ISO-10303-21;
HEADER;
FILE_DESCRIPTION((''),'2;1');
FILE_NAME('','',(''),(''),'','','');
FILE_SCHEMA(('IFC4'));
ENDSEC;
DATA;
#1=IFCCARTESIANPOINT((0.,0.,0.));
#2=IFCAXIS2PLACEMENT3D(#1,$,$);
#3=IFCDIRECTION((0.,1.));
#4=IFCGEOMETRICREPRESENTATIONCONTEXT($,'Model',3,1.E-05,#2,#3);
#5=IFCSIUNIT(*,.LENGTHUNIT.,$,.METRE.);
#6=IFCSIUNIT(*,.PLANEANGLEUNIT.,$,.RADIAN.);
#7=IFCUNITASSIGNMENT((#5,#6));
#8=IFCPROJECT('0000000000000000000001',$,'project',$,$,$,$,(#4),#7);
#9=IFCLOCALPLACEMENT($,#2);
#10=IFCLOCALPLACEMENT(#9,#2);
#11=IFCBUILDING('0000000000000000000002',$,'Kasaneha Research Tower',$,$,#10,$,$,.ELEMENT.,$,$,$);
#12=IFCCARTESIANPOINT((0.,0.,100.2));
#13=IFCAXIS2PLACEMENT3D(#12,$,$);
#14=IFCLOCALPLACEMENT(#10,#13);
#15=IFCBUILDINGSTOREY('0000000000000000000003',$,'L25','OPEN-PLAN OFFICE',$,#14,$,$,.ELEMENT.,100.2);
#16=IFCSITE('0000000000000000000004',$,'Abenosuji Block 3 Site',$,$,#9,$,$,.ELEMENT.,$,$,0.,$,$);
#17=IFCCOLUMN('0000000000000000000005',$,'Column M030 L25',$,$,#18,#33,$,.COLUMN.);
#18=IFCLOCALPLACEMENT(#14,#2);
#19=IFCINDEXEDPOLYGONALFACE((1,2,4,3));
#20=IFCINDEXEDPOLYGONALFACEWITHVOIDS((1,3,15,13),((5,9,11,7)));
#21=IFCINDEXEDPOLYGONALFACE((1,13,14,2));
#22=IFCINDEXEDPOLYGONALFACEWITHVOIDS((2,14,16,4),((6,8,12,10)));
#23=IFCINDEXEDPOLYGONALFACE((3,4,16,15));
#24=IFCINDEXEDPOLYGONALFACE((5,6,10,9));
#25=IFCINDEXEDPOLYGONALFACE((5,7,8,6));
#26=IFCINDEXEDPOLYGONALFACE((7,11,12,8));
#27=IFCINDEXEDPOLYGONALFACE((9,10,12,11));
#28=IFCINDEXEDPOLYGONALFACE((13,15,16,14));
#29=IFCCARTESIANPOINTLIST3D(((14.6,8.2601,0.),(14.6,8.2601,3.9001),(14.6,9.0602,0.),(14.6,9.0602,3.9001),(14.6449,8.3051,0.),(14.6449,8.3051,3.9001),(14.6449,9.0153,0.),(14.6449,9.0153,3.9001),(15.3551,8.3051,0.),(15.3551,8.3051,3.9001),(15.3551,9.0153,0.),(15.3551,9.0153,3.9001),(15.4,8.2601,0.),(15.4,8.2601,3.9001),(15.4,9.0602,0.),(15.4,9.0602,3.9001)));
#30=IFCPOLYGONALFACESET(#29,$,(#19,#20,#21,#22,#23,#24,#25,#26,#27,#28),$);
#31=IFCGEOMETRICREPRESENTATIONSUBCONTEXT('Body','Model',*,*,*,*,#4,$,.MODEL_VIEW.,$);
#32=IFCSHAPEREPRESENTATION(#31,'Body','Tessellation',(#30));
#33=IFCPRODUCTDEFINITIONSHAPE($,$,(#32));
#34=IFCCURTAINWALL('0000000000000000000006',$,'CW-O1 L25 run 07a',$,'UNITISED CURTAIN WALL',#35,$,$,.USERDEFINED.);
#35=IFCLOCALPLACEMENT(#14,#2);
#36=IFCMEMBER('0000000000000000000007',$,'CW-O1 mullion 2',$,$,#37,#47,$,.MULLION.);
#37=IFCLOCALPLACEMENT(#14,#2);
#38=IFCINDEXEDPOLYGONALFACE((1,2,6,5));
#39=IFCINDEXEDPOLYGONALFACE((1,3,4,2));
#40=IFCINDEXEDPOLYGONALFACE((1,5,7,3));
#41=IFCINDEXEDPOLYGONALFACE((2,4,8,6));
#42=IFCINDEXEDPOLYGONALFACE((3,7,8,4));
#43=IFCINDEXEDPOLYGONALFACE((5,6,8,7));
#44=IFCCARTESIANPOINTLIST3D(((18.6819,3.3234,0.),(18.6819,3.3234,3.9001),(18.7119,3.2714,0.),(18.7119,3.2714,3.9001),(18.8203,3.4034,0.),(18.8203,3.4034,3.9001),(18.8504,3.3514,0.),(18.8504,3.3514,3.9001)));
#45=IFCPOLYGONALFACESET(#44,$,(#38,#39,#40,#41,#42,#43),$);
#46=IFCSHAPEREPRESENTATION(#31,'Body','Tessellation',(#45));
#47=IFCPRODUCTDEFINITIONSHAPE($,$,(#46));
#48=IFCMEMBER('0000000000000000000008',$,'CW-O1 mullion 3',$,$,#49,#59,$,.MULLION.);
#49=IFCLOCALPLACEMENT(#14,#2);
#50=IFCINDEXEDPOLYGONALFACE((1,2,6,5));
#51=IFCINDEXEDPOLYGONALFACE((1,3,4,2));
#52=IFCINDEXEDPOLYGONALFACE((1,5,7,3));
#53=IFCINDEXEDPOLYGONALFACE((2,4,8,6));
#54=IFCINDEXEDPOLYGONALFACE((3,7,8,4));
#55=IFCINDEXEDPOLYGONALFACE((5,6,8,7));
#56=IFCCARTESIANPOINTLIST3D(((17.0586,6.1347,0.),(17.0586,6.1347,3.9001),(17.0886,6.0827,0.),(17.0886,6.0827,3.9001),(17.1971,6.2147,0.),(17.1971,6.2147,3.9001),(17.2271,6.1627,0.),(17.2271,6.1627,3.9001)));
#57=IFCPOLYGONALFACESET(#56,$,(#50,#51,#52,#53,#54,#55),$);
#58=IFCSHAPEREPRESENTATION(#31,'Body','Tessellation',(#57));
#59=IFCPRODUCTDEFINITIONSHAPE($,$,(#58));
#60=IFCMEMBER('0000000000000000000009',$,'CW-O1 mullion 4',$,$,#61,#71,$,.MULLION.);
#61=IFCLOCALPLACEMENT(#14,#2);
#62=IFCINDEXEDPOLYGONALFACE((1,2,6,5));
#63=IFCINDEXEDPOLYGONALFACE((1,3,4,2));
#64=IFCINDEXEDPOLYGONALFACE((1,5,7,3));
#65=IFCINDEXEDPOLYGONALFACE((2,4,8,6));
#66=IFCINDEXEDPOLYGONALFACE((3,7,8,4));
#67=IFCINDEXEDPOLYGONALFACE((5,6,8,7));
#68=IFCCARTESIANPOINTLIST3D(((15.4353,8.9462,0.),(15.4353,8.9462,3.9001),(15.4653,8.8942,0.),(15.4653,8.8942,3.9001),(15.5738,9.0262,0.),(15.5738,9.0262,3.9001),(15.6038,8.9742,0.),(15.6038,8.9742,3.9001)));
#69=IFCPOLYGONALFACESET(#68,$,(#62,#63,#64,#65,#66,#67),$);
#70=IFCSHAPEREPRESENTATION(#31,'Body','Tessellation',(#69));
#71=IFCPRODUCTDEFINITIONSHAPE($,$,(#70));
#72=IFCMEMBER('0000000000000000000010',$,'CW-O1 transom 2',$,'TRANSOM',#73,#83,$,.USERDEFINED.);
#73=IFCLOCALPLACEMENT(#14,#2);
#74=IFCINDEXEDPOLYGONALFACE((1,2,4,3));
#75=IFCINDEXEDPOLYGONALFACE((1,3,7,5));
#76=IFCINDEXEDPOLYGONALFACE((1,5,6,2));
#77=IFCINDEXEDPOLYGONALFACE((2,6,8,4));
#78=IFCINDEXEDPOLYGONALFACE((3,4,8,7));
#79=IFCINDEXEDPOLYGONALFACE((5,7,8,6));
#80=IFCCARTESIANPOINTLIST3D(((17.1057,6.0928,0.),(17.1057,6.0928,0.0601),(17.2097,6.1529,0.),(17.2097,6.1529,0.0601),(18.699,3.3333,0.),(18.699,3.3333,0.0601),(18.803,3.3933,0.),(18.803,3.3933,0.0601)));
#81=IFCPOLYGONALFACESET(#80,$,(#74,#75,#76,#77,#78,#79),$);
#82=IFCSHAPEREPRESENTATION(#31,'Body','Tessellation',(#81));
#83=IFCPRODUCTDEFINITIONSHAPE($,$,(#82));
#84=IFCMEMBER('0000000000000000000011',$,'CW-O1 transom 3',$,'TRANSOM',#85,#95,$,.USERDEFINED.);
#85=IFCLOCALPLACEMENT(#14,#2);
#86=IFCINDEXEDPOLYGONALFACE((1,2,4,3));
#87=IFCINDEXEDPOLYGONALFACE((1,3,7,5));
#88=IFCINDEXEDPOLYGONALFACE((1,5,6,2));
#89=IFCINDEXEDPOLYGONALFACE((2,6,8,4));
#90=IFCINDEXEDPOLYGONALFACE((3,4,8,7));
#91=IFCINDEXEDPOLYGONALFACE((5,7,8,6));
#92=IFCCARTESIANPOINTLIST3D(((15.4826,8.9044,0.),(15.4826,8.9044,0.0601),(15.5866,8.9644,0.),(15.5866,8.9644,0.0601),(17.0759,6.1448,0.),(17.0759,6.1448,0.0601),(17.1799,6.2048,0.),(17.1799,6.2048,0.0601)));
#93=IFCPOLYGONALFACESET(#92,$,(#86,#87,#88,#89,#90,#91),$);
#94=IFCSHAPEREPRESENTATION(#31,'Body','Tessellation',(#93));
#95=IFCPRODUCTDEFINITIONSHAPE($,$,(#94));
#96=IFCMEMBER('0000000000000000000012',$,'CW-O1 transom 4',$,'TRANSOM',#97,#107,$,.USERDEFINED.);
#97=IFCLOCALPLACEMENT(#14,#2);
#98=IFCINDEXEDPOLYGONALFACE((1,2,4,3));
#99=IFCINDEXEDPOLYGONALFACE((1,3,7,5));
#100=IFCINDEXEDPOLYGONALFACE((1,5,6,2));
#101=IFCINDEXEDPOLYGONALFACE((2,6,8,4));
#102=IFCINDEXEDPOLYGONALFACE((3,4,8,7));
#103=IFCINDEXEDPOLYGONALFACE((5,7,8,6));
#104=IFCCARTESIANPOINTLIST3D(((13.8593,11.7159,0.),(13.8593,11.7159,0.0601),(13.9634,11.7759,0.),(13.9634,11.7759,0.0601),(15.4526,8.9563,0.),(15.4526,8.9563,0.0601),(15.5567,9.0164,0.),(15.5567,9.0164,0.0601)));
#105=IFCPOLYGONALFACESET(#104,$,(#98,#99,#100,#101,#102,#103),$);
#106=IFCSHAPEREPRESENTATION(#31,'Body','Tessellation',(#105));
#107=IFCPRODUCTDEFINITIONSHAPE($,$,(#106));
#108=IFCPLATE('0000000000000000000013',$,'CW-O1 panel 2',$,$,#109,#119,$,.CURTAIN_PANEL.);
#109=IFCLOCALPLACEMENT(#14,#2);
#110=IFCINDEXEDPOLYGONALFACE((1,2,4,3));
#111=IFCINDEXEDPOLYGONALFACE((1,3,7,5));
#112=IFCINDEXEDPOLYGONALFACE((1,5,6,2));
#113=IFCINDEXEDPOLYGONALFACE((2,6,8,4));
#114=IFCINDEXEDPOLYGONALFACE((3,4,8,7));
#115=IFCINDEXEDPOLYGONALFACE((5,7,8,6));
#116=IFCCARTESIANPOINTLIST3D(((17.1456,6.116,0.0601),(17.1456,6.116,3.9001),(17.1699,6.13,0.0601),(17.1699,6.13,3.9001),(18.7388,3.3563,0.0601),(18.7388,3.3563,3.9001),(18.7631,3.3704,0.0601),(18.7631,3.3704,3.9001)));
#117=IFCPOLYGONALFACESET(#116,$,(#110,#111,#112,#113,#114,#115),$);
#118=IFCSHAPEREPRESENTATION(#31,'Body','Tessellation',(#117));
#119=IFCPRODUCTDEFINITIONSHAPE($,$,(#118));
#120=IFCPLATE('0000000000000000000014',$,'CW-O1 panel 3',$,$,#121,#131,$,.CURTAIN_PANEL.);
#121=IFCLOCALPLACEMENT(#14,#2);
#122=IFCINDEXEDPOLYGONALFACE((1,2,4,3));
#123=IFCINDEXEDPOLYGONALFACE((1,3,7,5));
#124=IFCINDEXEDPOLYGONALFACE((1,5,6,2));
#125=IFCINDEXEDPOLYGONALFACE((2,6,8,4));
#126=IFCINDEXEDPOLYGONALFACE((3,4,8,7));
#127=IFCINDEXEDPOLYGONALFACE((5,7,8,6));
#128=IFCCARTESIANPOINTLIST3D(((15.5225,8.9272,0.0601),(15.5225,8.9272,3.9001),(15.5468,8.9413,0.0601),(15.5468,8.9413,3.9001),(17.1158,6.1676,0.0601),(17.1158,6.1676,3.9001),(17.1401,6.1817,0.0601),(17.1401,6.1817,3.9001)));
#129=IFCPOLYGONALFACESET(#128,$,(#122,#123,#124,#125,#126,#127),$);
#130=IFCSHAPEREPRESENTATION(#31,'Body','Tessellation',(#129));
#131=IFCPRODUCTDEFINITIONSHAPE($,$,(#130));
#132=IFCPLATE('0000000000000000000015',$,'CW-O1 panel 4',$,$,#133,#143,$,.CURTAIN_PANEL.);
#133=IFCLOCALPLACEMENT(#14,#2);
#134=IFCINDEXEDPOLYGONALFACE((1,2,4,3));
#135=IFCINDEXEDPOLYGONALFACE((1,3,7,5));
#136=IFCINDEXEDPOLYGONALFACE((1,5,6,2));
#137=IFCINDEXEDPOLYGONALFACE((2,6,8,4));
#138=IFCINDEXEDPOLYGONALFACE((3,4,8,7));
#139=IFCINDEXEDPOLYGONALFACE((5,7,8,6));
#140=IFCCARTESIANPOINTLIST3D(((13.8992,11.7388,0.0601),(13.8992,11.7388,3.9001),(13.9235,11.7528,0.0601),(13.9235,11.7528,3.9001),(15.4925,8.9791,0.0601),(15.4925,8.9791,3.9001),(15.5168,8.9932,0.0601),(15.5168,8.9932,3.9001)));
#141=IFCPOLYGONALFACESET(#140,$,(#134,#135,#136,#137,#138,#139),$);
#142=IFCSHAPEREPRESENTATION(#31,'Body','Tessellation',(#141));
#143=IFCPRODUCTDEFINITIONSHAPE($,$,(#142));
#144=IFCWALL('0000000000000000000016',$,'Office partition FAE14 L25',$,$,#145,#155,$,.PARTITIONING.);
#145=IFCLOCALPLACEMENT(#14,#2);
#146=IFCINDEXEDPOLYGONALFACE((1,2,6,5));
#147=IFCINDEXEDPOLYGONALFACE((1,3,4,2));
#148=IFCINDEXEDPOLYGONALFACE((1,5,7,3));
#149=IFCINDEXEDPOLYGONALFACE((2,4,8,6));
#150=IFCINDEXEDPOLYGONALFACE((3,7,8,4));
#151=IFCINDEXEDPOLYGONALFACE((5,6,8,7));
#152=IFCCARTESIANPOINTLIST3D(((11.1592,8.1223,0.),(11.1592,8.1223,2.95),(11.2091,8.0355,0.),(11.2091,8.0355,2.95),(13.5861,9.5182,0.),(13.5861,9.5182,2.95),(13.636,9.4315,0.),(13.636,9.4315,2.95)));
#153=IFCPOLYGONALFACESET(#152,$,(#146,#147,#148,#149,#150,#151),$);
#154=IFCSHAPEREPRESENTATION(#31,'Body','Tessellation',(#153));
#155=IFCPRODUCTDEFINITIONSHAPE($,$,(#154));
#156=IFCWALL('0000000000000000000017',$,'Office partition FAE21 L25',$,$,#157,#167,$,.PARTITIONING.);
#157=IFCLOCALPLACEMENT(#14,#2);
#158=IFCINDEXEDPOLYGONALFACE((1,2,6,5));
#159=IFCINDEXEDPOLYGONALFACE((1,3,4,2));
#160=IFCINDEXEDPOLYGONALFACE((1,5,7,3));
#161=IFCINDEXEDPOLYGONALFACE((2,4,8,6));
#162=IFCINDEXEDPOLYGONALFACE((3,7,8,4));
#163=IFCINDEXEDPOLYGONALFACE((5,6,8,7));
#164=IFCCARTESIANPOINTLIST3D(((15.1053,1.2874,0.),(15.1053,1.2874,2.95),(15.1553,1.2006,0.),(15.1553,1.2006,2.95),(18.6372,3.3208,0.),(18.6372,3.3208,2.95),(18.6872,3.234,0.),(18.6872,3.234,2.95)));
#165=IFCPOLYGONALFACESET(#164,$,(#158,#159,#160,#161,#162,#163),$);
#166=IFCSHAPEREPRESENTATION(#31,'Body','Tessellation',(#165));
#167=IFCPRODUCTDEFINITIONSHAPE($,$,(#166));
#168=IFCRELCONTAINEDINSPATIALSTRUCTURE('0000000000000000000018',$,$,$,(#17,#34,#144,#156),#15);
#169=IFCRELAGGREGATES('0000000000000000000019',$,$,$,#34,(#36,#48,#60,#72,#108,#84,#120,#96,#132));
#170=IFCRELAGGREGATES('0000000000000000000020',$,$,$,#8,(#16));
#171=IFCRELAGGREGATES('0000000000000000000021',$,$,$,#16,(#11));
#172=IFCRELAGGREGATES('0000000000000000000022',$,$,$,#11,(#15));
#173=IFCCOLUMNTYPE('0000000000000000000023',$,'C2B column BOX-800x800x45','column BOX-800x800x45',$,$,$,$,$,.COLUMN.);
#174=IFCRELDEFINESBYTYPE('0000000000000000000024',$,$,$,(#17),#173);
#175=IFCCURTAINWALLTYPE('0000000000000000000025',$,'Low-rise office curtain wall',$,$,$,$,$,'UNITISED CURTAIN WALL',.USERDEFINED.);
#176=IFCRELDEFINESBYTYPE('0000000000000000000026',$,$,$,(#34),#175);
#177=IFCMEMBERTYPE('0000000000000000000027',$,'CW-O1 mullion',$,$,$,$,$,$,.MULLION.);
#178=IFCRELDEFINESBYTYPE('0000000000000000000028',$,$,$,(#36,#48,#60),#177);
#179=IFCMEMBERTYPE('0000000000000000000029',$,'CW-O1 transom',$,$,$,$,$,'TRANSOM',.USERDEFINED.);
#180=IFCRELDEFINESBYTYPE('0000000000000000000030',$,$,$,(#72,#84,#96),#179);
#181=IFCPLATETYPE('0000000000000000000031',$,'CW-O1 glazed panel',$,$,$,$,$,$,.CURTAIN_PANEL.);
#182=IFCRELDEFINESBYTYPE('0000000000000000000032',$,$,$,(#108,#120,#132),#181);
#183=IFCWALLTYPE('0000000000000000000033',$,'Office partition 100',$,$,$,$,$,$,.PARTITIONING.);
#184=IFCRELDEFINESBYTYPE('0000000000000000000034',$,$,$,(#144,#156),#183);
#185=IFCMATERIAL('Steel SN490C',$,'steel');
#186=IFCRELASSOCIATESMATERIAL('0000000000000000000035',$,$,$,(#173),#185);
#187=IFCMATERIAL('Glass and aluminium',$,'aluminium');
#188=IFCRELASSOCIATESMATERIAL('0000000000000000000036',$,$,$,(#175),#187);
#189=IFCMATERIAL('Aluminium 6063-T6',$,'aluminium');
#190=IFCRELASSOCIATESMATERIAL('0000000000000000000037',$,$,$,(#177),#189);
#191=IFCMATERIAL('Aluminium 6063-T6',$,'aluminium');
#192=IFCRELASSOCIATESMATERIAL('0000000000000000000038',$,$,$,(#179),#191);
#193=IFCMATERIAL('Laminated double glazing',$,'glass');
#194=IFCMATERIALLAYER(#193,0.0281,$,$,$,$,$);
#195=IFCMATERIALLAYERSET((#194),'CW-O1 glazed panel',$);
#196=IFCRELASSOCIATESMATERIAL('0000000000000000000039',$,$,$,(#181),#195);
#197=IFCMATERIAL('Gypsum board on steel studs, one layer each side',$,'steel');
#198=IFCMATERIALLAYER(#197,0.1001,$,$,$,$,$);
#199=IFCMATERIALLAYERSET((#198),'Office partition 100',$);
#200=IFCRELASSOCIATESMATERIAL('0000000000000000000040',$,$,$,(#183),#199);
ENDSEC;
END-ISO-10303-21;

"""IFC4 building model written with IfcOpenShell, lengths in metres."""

from ifc_helpers import new_model, si_unit, direction, frame, frame_2d, origin, origin_2d, place, context, subcontext, project, spatial, rectangle, hollow_rectangle, extrude, material, layer, layer_set, material_profile, profile_set, type_object, element, aggregate, save


model = new_model("IFC4")

# Units and contexts
model_context = context("Model", 3, precision=1e-05, world=origin(), true_north=direction((0.0, 1.0)))
body_context = subcontext(model_context, "Body", "Model", "MODEL_VIEW")
ifc_project = project(units=[si_unit("LENGTHUNIT", "METRE"), si_unit("PLANEANGLEUNIT", "RADIAN")], contexts=[model_context])

# Site, building, storey
site_placement = place(None, origin())
site = spatial("IfcSite", under=ifc_project, at=site_placement, Name="Abenosuji Block 3 Site", CompositionType="ELEMENT", RefElevation=0.0)
building_placement = place(site_placement, origin())
building = spatial("IfcBuilding", under=site, at=building_placement, Name="Kasaneha Research Tower", CompositionType="ELEMENT")
storey_placement = place(building_placement, frame((0.0, 0.0, 100.2)))
storey = spatial("IfcBuildingStorey", under=building, at=storey_placement, Name="L25", Description="OPEN-PLAN OFFICE", CompositionType="ELEMENT", Elevation=100.2)

# Column
ifc_material_1 = material(Name="Steel SN490C", Category="steel")
ifc_material_profile_1 = material_profile(ifc_material_1, hollow_rectangle(XDim=0.8, YDim=0.8, WallThickness=0.0449, at=origin_2d()), Name="BOX-800x800x45")
ifc_profile_set_1 = profile_set([ifc_material_profile_1], Name="Steel SN490C")
column_type = type_object("IfcColumnType", Name="C2B column BOX-800x800x45", Description="column BOX-800x800x45", PredefinedType="COLUMN", material=ifc_profile_set_1)
column_placement = place(storey_placement, frame((15.0, 8.6602, 0.0), z_axis=(0.0, 0.0, 1.0), x_axis=(1.0, 0.0, 0.0)))
element("IfcColumn", 1, at=column_placement, inside=storey, type_object=column_type, Name="Column M030 L25", PredefinedType="COLUMN", context=body_context, shape_type="SweptSolid", body=[
    extrude(hollow_rectangle(XDim=0.8, YDim=0.8, WallThickness=0.0449, at=origin_2d()), origin(), (0.0, 0.0, 1.0), 3.9001),
])

# Curtain wall, members, plates
ifc_material_2 = material(Name="Glass and aluminium", Category="aluminium")
curtain_wall_type = type_object("IfcCurtainWallType", Name="Low-rise office curtain wall", ElementType="UNITISED CURTAIN WALL", PredefinedType="USERDEFINED", material=ifc_material_2)
curtain_wall_placement = place(storey_placement, origin())
curtain_wall = element("IfcCurtainWall", 2, at=curtain_wall_placement, inside=storey, type_object=curtain_wall_type, Name="CW-O1 L25 run 07a", ObjectType="UNITISED CURTAIN WALL", PredefinedType="USERDEFINED")
ifc_material_3 = material(Name="Aluminium 6063-T6", Category="aluminium")
ifc_material_profile_2 = material_profile(ifc_material_3, rectangle(XDim=0.0601, YDim=0.1599, at=origin_2d()), Name="CW-O1 mullion 60x160")
ifc_profile_set_2 = profile_set([ifc_material_profile_2], Name="Aluminium 6063-T6")
member_type_1 = type_object("IfcMemberType", Name="CW-O1 mullion", PredefinedType="MULLION", material=ifc_profile_set_2)
member_1_placement = place(storey_placement, frame((18.7661, 3.3374, 0.0), z_axis=(0.0, 0.0, 1.0), x_axis=(-0.5, 0.866025, 0.0)))
member_1 = element("IfcMember", 3, at=member_1_placement, type_object=member_type_1, Name="CW-O1 mullion 2", PredefinedType="MULLION", context=body_context, shape_type="SweptSolid", body=[
    extrude(rectangle(XDim=0.0601, YDim=0.1599, at=origin_2d()), origin(), (0.0, 0.0, 1.0), 3.9001),
])
member_2_placement = place(storey_placement, frame((17.1428, 6.1487, 0.0), z_axis=(0.0, 0.0, 1.0), x_axis=(-0.5, 0.866025, 0.0)))
member_2 = element("IfcMember", 4, at=member_2_placement, type_object=member_type_1, Name="CW-O1 mullion 3", PredefinedType="MULLION", context=body_context, shape_type="SweptSolid", body=[
    extrude(rectangle(XDim=0.0601, YDim=0.1599, at=origin_2d()), origin(), (0.0, 0.0, 1.0), 3.9001),
])
member_3_placement = place(storey_placement, frame((15.5195, 8.9602, 0.0), z_axis=(0.0, 0.0, 1.0), x_axis=(-0.5, 0.866025, 0.0)))
member_3 = element("IfcMember", 5, at=member_3_placement, type_object=member_type_1, Name="CW-O1 mullion 4", PredefinedType="MULLION", context=body_context, shape_type="SweptSolid", body=[
    extrude(rectangle(XDim=0.0601, YDim=0.1599, at=origin_2d()), origin(), (0.0, 0.0, 1.0), 3.9001),
])
ifc_material_4 = material(Name="Aluminium 6063-T6", Category="aluminium")
ifc_material_profile_3 = material_profile(ifc_material_4, rectangle(XDim=0.1201, YDim=0.0601, at=origin_2d()), Name="CW-O1 transom 120x60")
ifc_profile_set_3 = profile_set([ifc_material_profile_3], Name="Aluminium 6063-T6")
member_type_2 = type_object("IfcMemberType", Name="CW-O1 transom", ElementType="TRANSOM", PredefinedType="USERDEFINED", material=ifc_profile_set_3)
member_4_placement = place(storey_placement, frame((18.751, 3.3633, 0.03), z_axis=(-0.500012, 0.866018, 0.0), x_axis=(-0.866018, -0.500012, 0.0)))
member_4 = element("IfcMember", 6, at=member_4_placement, type_object=member_type_2, Name="CW-O1 transom 2", ObjectType="TRANSOM", PredefinedType="USERDEFINED", context=body_context, shape_type="SweptSolid", body=[
    extrude(rectangle(XDim=0.1201, YDim=0.0601, at=origin_2d()), origin(), (0.0, 0.0, 1.0), 3.1865),
])
member_5_placement = place(storey_placement, frame((17.1279, 6.1748, 0.03), z_axis=(-0.500012, 0.866018, 0.0), x_axis=(-0.866018, -0.500012, 0.0)))
member_5 = element("IfcMember", 7, at=member_5_placement, type_object=member_type_2, Name="CW-O1 transom 3", ObjectType="TRANSOM", PredefinedType="USERDEFINED", context=body_context, shape_type="SweptSolid", body=[
    extrude(rectangle(XDim=0.1201, YDim=0.0601, at=origin_2d()), origin(), (0.0, 0.0, 1.0), 3.1865),
])
member_6_placement = place(storey_placement, frame((15.5046, 8.9863, 0.03), z_axis=(-0.500012, 0.866018, 0.0), x_axis=(-0.866018, -0.500012, 0.0)))
member_6 = element("IfcMember", 8, at=member_6_placement, type_object=member_type_2, Name="CW-O1 transom 4", ObjectType="TRANSOM", PredefinedType="USERDEFINED", context=body_context, shape_type="SweptSolid", body=[
    extrude(rectangle(XDim=0.1201, YDim=0.0601, at=origin_2d()), origin(), (0.0, 0.0, 1.0), 3.1865),
])
ifc_material_5 = material(Name="Laminated double glazing", Category="glass")
ifc_layer_1 = layer(ifc_material_5, 0.0281)
ifc_layer_set_1 = layer_set([ifc_layer_1], Name="CW-O1 glazed panel")
plate_type = type_object("IfcPlateType", Name="CW-O1 glazed panel", PredefinedType="CURTAIN_PANEL", material=ifc_layer_set_1)
plate_1_placement = place(storey_placement, frame((17.9543, 4.7432, 0.0601), z_axis=(0.0, 0.0, 1.0), x_axis=(-0.5, 0.866025, 0.0)))
plate_1 = element("IfcPlate", 9, at=plate_1_placement, type_object=plate_type, Name="CW-O1 panel 2", PredefinedType="CURTAIN_PANEL", context=body_context, shape_type="SweptSolid", body=[
    extrude(rectangle(XDim=3.1865, YDim=0.0281, at=origin_2d()), origin(), (0.0, 0.0, 1.0), 3.8401),
])
plate_2_placement = place(storey_placement, frame((16.3313, 7.5544, 0.0601), z_axis=(0.0, 0.0, 1.0), x_axis=(-0.5, 0.866025, 0.0)))
plate_2 = element("IfcPlate", 10, at=plate_2_placement, type_object=plate_type, Name="CW-O1 panel 3", PredefinedType="CURTAIN_PANEL", context=body_context, shape_type="SweptSolid", body=[
    extrude(rectangle(XDim=3.1865, YDim=0.0281, at=origin_2d()), origin(), (0.0, 0.0, 1.0), 3.8401),
])
plate_3_placement = place(storey_placement, frame((14.708, 10.366, 0.0601), z_axis=(0.0, 0.0, 1.0), x_axis=(-0.5, 0.866025, 0.0)))
plate_3 = element("IfcPlate", 11, at=plate_3_placement, type_object=plate_type, Name="CW-O1 panel 4", PredefinedType="CURTAIN_PANEL", context=body_context, shape_type="SweptSolid", body=[
    extrude(rectangle(XDim=3.1865, YDim=0.0281, at=origin_2d()), origin(), (0.0, 0.0, 1.0), 3.8401),
])
aggregate(curtain_wall, [member_1, member_2, member_3, member_4, plate_1, member_5, plate_2, member_6, plate_3])

# Walls
ifc_material_6 = material(Name="Gypsum board on steel studs, one layer each side", Category="steel")
ifc_layer_2 = layer(ifc_material_6, 0.1001)
ifc_layer_set_2 = layer_set([ifc_layer_2], Name="Office partition 100")
wall_type_1 = type_object("IfcWallType", Name="Office partition 100", PredefinedType="PARTITIONING", material=ifc_layer_set_2)
wall_1_placement = place(storey_placement, frame((13.6111, 9.4749, 0.0), z_axis=(0.0, 0.0, 1.0), x_axis=(-0.866834, -0.498597, 0.0)))
element("IfcWall", 12, at=wall_1_placement, inside=storey, type_object=wall_type_1, Name="Office partition FAE14 L25", PredefinedType="PARTITIONING", context=body_context, shape_type="SweptSolid", body=[
    extrude(rectangle(XDim=2.7998, YDim=0.1001, at=frame_2d((1.3999, 0.0))), origin(), (0.0, 0.0, 1.0), 2.95),
])
wall_2_placement = place(storey_placement, frame((18.6621, 3.2773, 0.0), z_axis=(0.0, 0.0, 1.0), x_axis=(-0.866635, -0.498943, 0.0)))
element("IfcWall", 13, at=wall_2_placement, inside=storey, type_object=wall_type_1, Name="Office partition FAE21 L25", PredefinedType="PARTITIONING", context=body_context, shape_type="SweptSolid", body=[
    extrude(rectangle(XDim=4.0754, YDim=0.1001, at=frame_2d((2.0376, 0.0))), origin(), (0.0, 0.0, 1.0), 2.95),
])

save(model, "model.ifc")
